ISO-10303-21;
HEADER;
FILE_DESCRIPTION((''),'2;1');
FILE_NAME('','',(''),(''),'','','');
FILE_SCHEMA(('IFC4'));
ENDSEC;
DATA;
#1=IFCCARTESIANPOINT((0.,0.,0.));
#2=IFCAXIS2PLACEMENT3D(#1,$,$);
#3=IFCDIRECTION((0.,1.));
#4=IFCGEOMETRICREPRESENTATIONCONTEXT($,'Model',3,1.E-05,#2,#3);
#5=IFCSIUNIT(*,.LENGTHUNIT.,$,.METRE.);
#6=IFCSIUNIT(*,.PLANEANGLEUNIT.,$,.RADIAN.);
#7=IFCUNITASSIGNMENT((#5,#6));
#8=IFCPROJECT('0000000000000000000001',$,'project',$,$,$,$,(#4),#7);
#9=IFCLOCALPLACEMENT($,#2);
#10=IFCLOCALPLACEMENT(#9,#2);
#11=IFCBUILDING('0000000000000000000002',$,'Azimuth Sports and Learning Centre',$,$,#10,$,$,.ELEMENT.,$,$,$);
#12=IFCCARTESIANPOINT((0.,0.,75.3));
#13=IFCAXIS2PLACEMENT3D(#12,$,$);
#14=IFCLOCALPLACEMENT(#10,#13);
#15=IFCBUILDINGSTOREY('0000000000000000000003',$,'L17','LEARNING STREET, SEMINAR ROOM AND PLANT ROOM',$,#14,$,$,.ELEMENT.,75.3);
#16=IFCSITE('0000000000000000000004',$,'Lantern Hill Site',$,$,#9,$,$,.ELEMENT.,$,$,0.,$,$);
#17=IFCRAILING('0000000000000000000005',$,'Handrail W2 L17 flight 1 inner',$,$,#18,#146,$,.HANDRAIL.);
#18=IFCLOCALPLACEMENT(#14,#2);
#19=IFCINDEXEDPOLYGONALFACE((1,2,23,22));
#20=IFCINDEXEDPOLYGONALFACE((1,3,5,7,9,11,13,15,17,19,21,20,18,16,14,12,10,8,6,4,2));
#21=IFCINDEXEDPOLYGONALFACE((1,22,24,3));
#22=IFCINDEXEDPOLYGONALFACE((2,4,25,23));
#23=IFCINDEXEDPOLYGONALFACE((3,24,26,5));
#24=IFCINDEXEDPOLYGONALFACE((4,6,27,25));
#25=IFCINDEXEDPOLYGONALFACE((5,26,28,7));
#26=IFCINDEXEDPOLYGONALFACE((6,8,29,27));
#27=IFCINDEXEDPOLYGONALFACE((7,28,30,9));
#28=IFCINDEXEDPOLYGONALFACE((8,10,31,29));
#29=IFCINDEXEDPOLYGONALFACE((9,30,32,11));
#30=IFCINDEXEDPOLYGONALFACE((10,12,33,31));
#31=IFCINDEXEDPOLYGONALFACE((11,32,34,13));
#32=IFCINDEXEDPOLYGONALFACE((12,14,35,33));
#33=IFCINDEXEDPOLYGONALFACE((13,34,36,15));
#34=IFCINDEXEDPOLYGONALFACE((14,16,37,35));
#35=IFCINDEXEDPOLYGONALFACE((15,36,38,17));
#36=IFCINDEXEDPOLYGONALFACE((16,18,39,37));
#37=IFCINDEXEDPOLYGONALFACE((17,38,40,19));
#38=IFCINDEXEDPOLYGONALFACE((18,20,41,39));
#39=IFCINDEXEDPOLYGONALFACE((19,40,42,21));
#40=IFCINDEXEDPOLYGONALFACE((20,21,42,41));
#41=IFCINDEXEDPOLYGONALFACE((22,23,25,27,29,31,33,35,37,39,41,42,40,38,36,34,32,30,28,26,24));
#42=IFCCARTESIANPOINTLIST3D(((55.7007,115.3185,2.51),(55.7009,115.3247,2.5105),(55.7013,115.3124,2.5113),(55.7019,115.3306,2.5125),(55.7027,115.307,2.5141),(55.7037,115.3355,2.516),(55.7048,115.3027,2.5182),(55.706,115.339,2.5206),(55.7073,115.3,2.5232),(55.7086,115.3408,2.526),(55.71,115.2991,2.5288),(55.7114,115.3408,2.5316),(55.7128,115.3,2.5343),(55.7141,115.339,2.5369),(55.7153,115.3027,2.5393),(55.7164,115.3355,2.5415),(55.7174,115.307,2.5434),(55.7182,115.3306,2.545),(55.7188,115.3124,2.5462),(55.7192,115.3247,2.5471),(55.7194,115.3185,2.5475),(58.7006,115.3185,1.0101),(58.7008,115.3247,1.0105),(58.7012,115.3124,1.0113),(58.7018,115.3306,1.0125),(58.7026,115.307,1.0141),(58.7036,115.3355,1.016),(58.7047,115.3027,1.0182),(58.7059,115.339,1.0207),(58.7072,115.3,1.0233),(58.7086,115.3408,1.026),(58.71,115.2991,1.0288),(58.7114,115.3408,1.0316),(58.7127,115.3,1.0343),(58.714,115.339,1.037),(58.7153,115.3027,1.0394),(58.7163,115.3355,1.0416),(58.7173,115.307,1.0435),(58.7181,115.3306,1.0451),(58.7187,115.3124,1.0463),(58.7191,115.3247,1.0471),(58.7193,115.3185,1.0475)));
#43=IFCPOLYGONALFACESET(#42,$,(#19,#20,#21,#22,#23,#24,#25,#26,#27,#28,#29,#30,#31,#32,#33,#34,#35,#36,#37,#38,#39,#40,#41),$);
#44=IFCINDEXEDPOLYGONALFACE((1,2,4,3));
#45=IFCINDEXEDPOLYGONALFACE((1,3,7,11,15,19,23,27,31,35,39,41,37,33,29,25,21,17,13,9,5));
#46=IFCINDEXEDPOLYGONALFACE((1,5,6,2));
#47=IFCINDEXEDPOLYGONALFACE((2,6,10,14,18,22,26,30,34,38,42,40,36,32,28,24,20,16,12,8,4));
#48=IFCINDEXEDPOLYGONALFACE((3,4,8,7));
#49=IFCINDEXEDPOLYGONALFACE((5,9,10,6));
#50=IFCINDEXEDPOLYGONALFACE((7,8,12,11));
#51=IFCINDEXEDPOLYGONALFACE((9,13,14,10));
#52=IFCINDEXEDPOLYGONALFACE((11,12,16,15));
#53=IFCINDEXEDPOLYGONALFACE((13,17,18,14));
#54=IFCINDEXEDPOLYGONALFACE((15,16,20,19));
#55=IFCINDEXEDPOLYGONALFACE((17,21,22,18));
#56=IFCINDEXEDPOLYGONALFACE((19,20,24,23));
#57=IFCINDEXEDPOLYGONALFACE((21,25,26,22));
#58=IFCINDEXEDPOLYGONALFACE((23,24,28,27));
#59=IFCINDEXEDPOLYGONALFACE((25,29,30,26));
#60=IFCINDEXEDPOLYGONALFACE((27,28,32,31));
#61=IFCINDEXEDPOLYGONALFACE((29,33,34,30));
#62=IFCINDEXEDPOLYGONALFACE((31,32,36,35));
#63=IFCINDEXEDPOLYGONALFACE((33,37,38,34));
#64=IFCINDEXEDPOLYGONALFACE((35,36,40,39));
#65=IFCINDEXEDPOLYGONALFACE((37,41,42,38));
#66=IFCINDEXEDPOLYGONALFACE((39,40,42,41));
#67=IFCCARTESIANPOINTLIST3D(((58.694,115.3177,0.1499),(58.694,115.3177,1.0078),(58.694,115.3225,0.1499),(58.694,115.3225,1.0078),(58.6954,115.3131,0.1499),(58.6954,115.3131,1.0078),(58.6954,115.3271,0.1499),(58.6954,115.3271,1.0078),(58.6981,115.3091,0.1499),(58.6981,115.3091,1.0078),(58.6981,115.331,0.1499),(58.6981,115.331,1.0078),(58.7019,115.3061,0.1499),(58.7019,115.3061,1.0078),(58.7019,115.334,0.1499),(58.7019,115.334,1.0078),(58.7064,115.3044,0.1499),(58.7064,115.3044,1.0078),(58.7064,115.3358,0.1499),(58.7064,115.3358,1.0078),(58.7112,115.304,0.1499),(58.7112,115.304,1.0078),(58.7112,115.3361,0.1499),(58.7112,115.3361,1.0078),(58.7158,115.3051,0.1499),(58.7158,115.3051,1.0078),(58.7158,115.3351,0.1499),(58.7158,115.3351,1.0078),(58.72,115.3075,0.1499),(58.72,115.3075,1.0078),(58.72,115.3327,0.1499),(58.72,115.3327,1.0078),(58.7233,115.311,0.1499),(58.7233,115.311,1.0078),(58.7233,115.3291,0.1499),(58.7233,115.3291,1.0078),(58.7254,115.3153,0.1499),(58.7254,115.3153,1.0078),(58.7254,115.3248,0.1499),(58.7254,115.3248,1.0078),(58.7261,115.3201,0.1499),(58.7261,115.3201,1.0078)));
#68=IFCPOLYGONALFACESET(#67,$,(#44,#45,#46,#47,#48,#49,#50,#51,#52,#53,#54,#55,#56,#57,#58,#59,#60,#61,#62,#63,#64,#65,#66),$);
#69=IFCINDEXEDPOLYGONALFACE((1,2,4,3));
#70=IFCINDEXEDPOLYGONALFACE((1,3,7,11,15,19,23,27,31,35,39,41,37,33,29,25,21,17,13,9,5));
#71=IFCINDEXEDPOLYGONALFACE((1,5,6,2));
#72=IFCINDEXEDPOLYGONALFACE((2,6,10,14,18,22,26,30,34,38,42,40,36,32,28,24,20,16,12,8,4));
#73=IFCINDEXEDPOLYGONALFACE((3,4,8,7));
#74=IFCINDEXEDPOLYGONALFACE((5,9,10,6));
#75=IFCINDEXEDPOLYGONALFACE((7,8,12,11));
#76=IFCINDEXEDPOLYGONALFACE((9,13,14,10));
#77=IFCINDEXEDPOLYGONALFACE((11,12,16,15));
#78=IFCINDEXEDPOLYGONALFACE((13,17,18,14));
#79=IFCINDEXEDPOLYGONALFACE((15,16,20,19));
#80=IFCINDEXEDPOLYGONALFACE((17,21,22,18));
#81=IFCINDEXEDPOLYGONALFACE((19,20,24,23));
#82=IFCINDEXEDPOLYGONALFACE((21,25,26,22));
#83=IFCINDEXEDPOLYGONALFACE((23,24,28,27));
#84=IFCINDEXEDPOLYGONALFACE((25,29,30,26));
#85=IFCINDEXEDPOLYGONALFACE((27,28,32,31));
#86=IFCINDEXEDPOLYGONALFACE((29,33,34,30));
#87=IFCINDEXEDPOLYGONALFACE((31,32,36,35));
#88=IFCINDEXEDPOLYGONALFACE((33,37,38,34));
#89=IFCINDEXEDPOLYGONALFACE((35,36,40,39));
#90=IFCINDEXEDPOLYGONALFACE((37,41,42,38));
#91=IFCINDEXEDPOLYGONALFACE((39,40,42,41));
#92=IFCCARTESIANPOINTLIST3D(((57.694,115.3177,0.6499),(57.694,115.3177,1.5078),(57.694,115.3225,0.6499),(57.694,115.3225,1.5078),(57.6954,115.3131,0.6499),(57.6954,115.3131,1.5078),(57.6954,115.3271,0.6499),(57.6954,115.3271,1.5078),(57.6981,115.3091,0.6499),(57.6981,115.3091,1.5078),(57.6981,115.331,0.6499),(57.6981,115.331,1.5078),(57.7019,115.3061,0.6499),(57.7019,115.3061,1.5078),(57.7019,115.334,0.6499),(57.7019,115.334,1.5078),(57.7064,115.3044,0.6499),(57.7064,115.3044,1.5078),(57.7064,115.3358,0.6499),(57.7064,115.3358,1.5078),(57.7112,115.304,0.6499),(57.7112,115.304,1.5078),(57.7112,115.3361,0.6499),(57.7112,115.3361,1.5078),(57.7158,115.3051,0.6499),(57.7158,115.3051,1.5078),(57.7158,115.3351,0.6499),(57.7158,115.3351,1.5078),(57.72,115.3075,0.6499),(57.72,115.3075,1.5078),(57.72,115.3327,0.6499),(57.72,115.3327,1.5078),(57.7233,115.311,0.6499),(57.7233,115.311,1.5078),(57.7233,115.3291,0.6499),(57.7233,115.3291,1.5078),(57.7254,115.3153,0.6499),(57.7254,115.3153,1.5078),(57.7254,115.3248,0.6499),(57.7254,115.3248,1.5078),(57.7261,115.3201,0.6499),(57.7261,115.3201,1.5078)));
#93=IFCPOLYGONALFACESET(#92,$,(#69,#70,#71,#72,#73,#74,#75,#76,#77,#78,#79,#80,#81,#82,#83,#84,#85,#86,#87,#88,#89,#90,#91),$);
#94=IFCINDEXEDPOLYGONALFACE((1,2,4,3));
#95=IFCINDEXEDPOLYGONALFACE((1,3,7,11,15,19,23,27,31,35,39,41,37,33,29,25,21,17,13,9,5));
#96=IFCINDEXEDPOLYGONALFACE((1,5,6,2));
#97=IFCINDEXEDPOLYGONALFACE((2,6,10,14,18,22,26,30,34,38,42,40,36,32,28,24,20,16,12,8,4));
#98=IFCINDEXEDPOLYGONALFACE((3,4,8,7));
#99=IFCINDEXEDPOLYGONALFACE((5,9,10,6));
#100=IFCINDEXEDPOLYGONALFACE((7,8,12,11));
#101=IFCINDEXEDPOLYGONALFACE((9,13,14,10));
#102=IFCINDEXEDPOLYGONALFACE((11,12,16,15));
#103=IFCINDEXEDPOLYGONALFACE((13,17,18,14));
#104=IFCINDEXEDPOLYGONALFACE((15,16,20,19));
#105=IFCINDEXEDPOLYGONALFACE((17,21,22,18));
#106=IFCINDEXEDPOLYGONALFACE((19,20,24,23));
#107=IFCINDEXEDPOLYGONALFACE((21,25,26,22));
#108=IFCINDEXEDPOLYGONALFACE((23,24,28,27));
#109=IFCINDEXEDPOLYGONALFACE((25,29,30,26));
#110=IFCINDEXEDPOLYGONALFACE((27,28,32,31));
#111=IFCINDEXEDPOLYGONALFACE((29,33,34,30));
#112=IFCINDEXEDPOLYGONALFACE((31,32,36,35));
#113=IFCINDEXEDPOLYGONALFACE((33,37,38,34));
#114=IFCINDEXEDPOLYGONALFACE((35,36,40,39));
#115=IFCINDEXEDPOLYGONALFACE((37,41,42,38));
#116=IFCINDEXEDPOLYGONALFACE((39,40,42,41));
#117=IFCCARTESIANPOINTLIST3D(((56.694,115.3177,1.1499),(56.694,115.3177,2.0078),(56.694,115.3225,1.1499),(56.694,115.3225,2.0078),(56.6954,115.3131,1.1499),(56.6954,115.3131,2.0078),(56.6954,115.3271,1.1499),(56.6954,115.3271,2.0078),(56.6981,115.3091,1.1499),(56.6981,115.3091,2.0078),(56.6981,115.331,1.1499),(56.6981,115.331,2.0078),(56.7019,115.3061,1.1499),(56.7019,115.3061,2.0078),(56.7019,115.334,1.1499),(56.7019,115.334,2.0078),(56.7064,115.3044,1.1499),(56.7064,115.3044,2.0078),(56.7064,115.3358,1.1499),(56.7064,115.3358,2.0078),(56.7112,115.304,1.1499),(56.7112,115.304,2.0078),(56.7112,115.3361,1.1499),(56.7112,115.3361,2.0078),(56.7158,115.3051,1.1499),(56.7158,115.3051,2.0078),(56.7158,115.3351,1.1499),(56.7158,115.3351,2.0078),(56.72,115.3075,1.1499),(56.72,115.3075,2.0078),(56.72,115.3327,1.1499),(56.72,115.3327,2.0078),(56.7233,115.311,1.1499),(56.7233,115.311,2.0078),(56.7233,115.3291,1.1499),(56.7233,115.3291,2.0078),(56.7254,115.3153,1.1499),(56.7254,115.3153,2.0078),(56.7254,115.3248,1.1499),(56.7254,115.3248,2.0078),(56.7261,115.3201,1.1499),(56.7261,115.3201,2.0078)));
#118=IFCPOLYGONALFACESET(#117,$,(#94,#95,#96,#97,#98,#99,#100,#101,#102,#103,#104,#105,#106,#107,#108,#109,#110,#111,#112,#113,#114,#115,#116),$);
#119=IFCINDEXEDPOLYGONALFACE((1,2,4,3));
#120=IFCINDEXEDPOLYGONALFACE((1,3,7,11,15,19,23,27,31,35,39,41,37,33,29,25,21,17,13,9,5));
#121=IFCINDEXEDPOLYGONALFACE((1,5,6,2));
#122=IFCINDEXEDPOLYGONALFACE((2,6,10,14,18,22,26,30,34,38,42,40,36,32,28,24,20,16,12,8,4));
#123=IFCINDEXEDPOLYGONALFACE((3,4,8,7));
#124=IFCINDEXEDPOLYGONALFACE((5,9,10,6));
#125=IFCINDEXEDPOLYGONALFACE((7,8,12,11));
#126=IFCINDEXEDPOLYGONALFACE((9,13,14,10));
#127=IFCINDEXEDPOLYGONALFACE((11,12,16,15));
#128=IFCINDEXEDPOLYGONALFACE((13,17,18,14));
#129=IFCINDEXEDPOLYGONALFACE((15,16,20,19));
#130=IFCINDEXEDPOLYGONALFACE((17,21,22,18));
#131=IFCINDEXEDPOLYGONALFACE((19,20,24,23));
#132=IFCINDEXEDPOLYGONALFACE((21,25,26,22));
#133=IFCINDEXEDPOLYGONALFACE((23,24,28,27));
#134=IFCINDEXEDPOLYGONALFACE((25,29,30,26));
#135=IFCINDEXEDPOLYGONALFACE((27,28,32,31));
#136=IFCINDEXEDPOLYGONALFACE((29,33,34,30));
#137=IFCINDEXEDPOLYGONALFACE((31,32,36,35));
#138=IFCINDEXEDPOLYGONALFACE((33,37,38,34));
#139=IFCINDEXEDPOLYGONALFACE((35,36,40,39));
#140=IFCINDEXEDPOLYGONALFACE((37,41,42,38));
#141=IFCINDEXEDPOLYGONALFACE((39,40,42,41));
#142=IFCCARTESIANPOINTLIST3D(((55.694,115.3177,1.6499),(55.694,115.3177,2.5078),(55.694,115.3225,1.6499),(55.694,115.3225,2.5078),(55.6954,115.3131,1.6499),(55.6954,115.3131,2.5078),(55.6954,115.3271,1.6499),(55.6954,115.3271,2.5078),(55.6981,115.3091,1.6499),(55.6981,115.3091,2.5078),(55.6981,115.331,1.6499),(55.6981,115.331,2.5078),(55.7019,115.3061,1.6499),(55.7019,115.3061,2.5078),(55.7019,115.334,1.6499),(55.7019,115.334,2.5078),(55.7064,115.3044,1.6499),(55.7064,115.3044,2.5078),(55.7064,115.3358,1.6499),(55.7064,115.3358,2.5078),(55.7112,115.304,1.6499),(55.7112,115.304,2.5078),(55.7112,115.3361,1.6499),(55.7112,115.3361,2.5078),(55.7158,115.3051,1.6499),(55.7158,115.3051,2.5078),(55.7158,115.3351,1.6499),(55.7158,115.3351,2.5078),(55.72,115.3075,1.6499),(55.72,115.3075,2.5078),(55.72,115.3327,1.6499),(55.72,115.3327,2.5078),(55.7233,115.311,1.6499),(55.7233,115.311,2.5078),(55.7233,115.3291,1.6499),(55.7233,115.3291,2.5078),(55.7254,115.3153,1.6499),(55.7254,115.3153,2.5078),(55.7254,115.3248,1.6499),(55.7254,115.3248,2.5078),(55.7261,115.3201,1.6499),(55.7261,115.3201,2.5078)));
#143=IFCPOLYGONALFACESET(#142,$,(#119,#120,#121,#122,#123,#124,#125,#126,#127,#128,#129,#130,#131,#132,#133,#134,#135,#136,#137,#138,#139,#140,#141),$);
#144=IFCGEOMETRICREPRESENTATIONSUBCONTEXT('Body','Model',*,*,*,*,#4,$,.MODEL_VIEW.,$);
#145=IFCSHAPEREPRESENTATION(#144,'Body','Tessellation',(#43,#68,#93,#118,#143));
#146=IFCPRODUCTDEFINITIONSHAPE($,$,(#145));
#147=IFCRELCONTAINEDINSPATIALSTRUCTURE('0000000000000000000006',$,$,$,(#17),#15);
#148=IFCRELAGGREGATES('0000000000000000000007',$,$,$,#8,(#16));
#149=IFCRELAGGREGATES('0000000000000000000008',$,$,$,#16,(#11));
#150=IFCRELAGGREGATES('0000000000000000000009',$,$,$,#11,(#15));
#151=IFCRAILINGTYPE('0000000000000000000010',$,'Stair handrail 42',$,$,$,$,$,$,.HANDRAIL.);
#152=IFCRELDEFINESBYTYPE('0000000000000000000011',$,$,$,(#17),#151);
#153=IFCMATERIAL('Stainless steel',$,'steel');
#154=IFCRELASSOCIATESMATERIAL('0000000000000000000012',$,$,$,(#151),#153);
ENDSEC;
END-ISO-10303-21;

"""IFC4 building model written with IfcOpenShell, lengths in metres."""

from ifc_helpers import new_model, si_unit, direction, frame, origin, origin_2d, place, context, subcontext, project, spatial, circle, extrude, material, type_object, element, save


model = new_model("IFC4")

# Units and contexts
model_context = context("Model", 3, precision=1e-05, world=origin(), true_north=direction((0.0, 1.0)))
body_context = subcontext(model_context, "Body", "Model", "MODEL_VIEW")
ifc_project = project(units=[si_unit("LENGTHUNIT", "METRE"), si_unit("PLANEANGLEUNIT", "RADIAN")], contexts=[model_context])

# Site, building, storey
site_placement = place(None, origin())
site = spatial("IfcSite", under=ifc_project, at=site_placement, Name="Lantern Hill Site", CompositionType="ELEMENT", RefElevation=0.0)
building_placement = place(site_placement, origin())
building = spatial("IfcBuilding", under=site, at=building_placement, Name="Azimuth Sports and Learning Centre", CompositionType="ELEMENT")
storey_placement = place(building_placement, frame((0.0, 0.0, 75.3)))
storey = spatial("IfcBuildingStorey", under=building, at=storey_placement, Name="L17", Description="LEARNING STREET, SEMINAR ROOM AND PLANT ROOM", CompositionType="ELEMENT", Elevation=75.3)

# Railing
ifc_material_1 = material(Name="Stainless steel", Category="steel")
railing_type_1 = type_object("IfcRailingType", Name="Stair handrail 42", PredefinedType="HANDRAIL", material=ifc_material_1)
for number, where, name in (
    (1, (58.71, 115.3201, 0.1499), "Handrail W2 L17 flight 1 inner"),
):
    element("IfcRailing", number, at=place(storey_placement, frame(where)), inside=storey, type_object=railing_type_1, Name=name, PredefinedType="HANDRAIL", context=body_context, shape_type="SweptSolid", body=[
        extrude(circle(Radius=0.021, at=origin_2d()), frame((0.0, 0.0, 0.8789), z_axis=(-0.894427, 0.0, 0.447214), x_axis=(0.0, -1.0, 0.0)), (0.0, 0.0, 1.0), 3.354),
        extrude(circle(Radius=0.0161, at=origin_2d()), origin(), (0.0, 0.0, 1.0), 0.8579),
        extrude(circle(Radius=0.0161, at=origin_2d()), frame((-1.0, 0.0, 0.5)), (0.0, 0.0, 1.0), 0.8579),
        extrude(circle(Radius=0.0161, at=origin_2d()), frame((-2.0, 0.0, 1.0)), (0.0, 0.0, 1.0), 0.8579),
        extrude(circle(Radius=0.0161, at=origin_2d()), frame((-3.0, 0.0, 1.5)), (0.0, 0.0, 1.0), 0.8579),
    ])

save(model, "model.ifc")
